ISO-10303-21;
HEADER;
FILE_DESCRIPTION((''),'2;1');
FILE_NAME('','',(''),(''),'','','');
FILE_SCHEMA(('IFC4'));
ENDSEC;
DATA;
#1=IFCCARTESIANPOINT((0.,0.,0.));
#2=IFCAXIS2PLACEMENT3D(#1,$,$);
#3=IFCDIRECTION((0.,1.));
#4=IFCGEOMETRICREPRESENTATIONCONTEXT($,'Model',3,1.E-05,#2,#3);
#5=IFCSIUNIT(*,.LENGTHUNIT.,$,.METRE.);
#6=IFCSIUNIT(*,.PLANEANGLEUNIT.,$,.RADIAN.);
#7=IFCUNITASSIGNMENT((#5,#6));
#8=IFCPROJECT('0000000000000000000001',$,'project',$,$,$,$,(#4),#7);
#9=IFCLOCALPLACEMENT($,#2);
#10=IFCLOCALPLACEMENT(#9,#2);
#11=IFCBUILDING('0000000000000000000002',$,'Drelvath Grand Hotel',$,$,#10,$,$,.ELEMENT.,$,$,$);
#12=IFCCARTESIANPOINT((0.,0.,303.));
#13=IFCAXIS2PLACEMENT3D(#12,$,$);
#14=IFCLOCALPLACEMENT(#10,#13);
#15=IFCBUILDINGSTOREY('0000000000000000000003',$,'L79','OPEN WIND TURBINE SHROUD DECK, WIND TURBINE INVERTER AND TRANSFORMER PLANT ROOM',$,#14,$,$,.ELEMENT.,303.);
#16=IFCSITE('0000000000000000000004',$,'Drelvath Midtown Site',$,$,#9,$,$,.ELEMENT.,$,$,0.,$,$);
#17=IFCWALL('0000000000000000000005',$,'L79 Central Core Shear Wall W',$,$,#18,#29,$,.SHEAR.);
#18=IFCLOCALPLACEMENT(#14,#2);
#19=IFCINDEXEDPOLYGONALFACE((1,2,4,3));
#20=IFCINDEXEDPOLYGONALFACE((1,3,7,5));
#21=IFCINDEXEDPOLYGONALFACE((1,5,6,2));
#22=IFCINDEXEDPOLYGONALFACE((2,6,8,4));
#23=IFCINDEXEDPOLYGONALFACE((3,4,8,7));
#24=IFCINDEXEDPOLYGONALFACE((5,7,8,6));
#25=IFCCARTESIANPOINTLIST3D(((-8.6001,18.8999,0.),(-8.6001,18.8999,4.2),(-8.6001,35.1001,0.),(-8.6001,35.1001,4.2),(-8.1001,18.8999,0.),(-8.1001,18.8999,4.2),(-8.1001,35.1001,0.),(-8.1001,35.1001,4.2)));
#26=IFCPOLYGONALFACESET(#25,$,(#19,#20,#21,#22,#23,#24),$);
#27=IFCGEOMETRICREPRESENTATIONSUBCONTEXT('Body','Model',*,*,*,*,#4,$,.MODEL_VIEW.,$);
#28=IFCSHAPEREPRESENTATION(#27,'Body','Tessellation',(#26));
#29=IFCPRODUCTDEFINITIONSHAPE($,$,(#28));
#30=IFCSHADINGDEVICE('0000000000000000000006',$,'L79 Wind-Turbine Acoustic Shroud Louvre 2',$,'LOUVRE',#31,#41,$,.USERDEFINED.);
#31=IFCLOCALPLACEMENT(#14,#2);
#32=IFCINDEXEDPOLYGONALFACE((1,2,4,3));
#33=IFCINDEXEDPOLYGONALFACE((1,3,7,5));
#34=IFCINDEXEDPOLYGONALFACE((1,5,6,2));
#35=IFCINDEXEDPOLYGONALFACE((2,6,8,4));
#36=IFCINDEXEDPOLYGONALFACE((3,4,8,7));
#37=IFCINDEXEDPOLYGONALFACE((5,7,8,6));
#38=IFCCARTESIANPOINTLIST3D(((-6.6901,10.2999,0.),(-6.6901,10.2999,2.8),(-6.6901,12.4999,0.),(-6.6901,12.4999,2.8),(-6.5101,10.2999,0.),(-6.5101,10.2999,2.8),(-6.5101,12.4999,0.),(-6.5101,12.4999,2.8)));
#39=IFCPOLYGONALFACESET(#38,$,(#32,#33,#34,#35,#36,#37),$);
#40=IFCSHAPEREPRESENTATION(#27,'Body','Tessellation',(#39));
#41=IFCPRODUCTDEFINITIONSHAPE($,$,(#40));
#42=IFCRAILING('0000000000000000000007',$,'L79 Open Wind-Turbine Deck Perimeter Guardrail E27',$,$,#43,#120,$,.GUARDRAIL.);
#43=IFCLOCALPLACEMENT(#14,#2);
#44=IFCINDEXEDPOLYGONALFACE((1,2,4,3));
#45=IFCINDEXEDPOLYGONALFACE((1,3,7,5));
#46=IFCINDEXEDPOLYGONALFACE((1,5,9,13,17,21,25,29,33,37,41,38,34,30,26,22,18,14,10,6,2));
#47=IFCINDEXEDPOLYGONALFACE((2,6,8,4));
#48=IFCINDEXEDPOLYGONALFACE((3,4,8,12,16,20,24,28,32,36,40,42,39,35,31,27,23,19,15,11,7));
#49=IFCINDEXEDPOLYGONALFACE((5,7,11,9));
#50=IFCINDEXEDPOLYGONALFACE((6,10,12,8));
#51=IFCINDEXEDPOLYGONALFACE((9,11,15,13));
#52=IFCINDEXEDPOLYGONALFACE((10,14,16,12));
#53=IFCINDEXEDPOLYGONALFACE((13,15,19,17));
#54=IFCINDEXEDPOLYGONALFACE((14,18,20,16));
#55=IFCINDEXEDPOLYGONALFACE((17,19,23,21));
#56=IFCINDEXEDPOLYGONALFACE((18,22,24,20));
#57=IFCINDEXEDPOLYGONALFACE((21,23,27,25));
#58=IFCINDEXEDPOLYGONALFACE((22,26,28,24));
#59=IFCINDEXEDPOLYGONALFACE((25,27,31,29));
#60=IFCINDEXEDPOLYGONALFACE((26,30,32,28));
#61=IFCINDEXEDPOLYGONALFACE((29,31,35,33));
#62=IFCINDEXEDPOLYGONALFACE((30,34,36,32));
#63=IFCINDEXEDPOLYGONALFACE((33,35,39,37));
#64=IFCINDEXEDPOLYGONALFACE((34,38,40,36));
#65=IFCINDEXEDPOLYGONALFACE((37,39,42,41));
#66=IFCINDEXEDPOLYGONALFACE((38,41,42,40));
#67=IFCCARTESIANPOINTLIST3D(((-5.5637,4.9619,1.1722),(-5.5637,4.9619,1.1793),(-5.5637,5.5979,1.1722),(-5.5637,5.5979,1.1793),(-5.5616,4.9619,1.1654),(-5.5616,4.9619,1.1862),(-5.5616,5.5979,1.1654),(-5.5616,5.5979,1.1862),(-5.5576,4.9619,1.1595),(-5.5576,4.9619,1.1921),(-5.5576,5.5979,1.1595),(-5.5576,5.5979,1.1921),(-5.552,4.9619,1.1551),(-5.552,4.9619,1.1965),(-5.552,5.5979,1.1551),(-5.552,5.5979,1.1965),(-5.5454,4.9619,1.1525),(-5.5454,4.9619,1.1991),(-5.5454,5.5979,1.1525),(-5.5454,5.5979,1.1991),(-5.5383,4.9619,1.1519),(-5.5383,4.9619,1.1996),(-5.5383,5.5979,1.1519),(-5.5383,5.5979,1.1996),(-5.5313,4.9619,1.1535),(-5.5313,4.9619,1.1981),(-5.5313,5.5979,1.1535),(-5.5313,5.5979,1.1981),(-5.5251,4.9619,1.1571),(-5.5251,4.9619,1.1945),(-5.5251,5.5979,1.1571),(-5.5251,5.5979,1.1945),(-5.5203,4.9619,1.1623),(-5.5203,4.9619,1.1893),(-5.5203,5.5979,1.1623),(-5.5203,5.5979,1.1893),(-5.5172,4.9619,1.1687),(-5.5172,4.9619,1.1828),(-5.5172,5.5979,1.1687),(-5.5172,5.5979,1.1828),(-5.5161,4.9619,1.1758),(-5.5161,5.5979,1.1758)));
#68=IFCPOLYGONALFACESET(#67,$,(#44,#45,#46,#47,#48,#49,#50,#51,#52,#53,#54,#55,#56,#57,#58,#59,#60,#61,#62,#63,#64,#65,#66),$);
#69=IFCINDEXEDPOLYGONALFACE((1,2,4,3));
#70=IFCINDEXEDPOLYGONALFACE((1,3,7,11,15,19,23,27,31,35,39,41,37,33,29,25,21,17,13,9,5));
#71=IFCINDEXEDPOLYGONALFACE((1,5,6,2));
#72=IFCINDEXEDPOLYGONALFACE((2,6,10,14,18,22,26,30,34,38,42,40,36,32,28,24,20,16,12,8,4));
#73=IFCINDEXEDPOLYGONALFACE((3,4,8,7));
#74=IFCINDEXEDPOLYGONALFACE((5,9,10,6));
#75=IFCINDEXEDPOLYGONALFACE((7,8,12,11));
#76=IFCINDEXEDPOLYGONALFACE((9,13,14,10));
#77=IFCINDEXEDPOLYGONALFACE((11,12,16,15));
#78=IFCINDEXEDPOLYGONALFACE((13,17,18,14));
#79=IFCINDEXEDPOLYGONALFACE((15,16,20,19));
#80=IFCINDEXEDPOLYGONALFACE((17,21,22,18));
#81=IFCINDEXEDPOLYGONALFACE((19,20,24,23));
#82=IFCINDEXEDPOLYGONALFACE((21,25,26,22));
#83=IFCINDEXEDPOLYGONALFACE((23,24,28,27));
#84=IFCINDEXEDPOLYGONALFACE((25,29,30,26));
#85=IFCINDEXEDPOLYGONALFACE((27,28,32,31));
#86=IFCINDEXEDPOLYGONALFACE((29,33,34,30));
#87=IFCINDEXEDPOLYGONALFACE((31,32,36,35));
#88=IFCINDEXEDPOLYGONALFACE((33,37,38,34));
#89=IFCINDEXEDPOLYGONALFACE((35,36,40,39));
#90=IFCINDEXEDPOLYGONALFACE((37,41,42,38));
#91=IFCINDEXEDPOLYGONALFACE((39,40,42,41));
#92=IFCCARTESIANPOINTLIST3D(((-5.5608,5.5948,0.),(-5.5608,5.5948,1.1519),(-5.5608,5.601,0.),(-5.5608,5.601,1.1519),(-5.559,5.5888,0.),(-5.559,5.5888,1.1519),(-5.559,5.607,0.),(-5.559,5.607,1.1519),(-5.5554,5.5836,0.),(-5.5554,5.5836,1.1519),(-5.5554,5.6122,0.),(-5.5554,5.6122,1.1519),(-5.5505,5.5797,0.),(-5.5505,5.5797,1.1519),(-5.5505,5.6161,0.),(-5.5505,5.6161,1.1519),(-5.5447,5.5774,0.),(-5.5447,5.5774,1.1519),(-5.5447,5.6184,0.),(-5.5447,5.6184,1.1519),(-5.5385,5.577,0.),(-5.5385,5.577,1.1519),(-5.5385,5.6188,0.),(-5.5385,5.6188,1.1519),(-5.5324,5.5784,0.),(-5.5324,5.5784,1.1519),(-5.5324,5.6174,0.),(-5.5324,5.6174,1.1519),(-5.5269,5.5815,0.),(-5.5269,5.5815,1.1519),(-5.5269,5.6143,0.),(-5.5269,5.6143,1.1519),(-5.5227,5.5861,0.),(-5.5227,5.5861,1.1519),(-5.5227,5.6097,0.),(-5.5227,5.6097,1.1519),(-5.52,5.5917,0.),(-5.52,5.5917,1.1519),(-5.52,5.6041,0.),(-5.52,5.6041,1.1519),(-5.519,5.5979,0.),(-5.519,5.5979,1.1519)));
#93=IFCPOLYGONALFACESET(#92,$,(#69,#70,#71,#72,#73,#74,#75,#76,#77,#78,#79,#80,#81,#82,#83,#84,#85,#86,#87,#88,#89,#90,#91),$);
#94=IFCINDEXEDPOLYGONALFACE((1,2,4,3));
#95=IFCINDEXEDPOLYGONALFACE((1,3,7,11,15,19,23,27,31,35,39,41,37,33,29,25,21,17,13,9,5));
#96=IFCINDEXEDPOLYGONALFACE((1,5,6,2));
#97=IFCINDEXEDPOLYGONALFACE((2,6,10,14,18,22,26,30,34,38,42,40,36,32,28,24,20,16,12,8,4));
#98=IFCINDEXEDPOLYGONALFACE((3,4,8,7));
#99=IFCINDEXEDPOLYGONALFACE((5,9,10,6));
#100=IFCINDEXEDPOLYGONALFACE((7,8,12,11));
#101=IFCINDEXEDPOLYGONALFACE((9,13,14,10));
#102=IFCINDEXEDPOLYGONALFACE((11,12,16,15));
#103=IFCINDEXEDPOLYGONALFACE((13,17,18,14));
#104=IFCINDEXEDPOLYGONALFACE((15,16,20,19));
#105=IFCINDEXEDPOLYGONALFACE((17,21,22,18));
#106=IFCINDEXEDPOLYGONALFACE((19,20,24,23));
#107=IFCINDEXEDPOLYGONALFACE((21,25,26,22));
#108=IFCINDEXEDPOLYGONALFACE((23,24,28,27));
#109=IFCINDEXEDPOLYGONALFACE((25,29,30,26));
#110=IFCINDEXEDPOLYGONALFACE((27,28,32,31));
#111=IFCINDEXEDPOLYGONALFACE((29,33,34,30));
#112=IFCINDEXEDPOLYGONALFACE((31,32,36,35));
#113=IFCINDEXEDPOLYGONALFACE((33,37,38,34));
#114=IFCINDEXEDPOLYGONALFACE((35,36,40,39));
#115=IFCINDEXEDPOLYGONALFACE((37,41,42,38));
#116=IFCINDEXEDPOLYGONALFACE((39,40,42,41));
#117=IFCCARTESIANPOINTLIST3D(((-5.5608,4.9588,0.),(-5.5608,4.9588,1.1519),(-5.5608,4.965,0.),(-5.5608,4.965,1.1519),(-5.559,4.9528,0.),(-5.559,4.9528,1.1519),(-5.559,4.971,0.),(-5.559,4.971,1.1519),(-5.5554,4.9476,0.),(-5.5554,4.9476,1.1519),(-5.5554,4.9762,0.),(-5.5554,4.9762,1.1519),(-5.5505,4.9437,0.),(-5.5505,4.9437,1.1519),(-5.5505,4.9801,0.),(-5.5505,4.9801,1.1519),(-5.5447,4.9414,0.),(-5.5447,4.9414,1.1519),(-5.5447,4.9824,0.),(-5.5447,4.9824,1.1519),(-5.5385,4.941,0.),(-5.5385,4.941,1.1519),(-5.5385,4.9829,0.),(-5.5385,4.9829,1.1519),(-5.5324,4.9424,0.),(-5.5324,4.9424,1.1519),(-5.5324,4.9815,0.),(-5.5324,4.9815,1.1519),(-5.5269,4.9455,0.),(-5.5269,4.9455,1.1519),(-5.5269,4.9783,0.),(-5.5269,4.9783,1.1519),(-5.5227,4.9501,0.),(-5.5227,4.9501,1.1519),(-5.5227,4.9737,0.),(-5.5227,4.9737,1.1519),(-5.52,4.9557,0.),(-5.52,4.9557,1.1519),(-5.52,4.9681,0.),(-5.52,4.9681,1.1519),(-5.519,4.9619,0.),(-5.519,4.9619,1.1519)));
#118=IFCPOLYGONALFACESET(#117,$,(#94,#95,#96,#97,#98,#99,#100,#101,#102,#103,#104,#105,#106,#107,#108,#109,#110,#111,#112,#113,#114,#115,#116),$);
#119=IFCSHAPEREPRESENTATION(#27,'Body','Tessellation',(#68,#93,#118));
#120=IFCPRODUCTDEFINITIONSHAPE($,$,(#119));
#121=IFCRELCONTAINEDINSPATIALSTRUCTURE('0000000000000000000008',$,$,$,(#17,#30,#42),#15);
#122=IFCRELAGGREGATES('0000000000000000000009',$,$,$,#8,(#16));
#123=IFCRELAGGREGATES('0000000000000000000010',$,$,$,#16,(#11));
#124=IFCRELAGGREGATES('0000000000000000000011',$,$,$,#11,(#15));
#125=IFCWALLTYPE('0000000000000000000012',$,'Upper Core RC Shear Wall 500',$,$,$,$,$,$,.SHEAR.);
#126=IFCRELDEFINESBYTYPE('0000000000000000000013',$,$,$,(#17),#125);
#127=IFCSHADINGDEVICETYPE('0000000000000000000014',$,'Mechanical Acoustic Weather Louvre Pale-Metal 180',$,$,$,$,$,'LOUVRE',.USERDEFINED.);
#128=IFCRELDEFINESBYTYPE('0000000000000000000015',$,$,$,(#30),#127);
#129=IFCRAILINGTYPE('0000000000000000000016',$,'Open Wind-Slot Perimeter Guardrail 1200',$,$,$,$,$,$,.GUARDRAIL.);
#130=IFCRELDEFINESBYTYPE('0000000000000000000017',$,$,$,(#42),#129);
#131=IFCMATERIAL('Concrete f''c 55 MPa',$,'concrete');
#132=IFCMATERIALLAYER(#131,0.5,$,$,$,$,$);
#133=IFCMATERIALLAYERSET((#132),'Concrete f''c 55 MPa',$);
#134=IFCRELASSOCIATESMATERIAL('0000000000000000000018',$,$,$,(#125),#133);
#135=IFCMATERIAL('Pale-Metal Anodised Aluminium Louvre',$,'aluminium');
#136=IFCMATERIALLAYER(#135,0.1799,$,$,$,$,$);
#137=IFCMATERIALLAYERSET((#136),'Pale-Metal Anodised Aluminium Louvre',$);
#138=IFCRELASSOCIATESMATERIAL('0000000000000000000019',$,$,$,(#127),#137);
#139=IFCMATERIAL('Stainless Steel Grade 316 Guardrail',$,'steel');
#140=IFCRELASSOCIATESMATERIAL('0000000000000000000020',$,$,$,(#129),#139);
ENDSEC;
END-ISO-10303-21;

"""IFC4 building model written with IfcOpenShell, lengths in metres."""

from ifc_helpers import new_model, si_unit, direction, frame, frame_2d, origin, origin_2d, place, context, subcontext, project, spatial, rectangle, circle, extrude, material, layer, layer_set, type_object, element, save


model = new_model("IFC4")

# Units and contexts
model_context = context("Model", 3, precision=1e-05, world=origin(), true_north=direction((0.0, 1.0)))
body_context = subcontext(model_context, "Body", "Model", "MODEL_VIEW")
ifc_project = project(units=[si_unit("LENGTHUNIT", "METRE"), si_unit("PLANEANGLEUNIT", "RADIAN")], contexts=[model_context])

# Site, building, storey
site_placement = place(None, origin())
site = spatial("IfcSite", under=ifc_project, at=site_placement, Name="Drelvath Midtown Site", CompositionType="ELEMENT", RefElevation=0.0)
building_placement = place(site_placement, origin())
building = spatial("IfcBuilding", under=site, at=building_placement, Name="Drelvath Grand Hotel", CompositionType="ELEMENT")
storey_placement = place(building_placement, frame((0.0, 0.0, 303.0)))
storey = spatial("IfcBuildingStorey", under=building, at=storey_placement, Name="L79", Description="OPEN WIND TURBINE SHROUD DECK, WIND TURBINE INVERTER AND TRANSFORMER PLANT ROOM", CompositionType="ELEMENT", Elevation=303.0)

# Wall
ifc_material_1 = material(Name="Concrete f'c 55 MPa", Category="concrete")
ifc_layer_1 = layer(ifc_material_1, 0.5)
ifc_layer_set_1 = layer_set([ifc_layer_1], Name="Concrete f'c 55 MPa")
wall_type = type_object("IfcWallType", Name="Upper Core RC Shear Wall 500", PredefinedType="SHEAR", material=ifc_layer_set_1)
wall_placement = place(storey_placement, frame((-8.3501, 18.8999, 0.0), z_axis=(0.0, 0.0, 1.0), x_axis=(0.0, 1.0, 0.0)))
element("IfcWall", 1, at=wall_placement, inside=storey, type_object=wall_type, Name="L79 Central Core Shear Wall W", PredefinedType="SHEAR", context=body_context, shape_type="SweptSolid", body=[
    extrude(rectangle(XDim=16.2002, YDim=0.5, at=frame_2d((8.1001, 0.0))), origin(), (0.0, 0.0, 1.0), 4.2),
])

# Shading device
ifc_material_2 = material(Name="Pale-Metal Anodised Aluminium Louvre", Category="aluminium")
ifc_layer_2 = layer(ifc_material_2, 0.1799)
ifc_layer_set_2 = layer_set([ifc_layer_2], Name="Pale-Metal Anodised Aluminium Louvre")
shading_device_type = type_object("IfcShadingDeviceType", Name="Mechanical Acoustic Weather Louvre Pale-Metal 180", ElementType="LOUVRE", PredefinedType="USERDEFINED", material=ifc_layer_set_2)
shading_device_placement = place(storey_placement, frame((-6.6001, 11.3999, 0.0), z_axis=(0.0, 0.0, 1.0), x_axis=(1.0, 0.0, 0.0)))
element("IfcShadingDevice", 2, at=shading_device_placement, inside=storey, type_object=shading_device_type, Name="L79 Wind-Turbine Acoustic Shroud Louvre 2", ObjectType="LOUVRE", PredefinedType="USERDEFINED", context=body_context, shape_type="SweptSolid", body=[
    extrude(rectangle(XDim=0.1799, YDim=2.2, at=origin_2d()), origin(), (0.0, 0.0, 1.0), 2.8),
])

# Railing
ifc_material_3 = material(Name="Stainless Steel Grade 316 Guardrail", Category="steel")
railing_type = type_object("IfcRailingType", Name="Open Wind-Slot Perimeter Guardrail 1200", PredefinedType="GUARDRAIL", material=ifc_material_3)
railing_1_placement = place(storey_placement, frame((-5.54, 5.5979, 0.0)))
element("IfcRailing", 3, at=railing_1_placement, inside=storey, type_object=railing_type, Name="L79 Open Wind-Turbine Deck Perimeter Guardrail E27", PredefinedType="GUARDRAIL", context=body_context, shape_type="SweptSolid", body=[
    extrude(circle(Radius=0.0239, at=origin_2d()), frame((0.0, 0.0, 1.1758), z_axis=(0.0, -1.0, 0.0), x_axis=(1.0, 0.0, 0.0)), (0.0, 0.0, 1.0), 0.636),
    extrude(circle(Radius=0.021, at=origin_2d()), origin(), (0.0, 0.0, 1.0), 1.1519),
    extrude(circle(Radius=0.021, at=origin_2d()), frame((0.0, -0.636, 0.0)), (0.0, 0.0, 1.0), 1.1519),
])

save(model, "model.ifc")
